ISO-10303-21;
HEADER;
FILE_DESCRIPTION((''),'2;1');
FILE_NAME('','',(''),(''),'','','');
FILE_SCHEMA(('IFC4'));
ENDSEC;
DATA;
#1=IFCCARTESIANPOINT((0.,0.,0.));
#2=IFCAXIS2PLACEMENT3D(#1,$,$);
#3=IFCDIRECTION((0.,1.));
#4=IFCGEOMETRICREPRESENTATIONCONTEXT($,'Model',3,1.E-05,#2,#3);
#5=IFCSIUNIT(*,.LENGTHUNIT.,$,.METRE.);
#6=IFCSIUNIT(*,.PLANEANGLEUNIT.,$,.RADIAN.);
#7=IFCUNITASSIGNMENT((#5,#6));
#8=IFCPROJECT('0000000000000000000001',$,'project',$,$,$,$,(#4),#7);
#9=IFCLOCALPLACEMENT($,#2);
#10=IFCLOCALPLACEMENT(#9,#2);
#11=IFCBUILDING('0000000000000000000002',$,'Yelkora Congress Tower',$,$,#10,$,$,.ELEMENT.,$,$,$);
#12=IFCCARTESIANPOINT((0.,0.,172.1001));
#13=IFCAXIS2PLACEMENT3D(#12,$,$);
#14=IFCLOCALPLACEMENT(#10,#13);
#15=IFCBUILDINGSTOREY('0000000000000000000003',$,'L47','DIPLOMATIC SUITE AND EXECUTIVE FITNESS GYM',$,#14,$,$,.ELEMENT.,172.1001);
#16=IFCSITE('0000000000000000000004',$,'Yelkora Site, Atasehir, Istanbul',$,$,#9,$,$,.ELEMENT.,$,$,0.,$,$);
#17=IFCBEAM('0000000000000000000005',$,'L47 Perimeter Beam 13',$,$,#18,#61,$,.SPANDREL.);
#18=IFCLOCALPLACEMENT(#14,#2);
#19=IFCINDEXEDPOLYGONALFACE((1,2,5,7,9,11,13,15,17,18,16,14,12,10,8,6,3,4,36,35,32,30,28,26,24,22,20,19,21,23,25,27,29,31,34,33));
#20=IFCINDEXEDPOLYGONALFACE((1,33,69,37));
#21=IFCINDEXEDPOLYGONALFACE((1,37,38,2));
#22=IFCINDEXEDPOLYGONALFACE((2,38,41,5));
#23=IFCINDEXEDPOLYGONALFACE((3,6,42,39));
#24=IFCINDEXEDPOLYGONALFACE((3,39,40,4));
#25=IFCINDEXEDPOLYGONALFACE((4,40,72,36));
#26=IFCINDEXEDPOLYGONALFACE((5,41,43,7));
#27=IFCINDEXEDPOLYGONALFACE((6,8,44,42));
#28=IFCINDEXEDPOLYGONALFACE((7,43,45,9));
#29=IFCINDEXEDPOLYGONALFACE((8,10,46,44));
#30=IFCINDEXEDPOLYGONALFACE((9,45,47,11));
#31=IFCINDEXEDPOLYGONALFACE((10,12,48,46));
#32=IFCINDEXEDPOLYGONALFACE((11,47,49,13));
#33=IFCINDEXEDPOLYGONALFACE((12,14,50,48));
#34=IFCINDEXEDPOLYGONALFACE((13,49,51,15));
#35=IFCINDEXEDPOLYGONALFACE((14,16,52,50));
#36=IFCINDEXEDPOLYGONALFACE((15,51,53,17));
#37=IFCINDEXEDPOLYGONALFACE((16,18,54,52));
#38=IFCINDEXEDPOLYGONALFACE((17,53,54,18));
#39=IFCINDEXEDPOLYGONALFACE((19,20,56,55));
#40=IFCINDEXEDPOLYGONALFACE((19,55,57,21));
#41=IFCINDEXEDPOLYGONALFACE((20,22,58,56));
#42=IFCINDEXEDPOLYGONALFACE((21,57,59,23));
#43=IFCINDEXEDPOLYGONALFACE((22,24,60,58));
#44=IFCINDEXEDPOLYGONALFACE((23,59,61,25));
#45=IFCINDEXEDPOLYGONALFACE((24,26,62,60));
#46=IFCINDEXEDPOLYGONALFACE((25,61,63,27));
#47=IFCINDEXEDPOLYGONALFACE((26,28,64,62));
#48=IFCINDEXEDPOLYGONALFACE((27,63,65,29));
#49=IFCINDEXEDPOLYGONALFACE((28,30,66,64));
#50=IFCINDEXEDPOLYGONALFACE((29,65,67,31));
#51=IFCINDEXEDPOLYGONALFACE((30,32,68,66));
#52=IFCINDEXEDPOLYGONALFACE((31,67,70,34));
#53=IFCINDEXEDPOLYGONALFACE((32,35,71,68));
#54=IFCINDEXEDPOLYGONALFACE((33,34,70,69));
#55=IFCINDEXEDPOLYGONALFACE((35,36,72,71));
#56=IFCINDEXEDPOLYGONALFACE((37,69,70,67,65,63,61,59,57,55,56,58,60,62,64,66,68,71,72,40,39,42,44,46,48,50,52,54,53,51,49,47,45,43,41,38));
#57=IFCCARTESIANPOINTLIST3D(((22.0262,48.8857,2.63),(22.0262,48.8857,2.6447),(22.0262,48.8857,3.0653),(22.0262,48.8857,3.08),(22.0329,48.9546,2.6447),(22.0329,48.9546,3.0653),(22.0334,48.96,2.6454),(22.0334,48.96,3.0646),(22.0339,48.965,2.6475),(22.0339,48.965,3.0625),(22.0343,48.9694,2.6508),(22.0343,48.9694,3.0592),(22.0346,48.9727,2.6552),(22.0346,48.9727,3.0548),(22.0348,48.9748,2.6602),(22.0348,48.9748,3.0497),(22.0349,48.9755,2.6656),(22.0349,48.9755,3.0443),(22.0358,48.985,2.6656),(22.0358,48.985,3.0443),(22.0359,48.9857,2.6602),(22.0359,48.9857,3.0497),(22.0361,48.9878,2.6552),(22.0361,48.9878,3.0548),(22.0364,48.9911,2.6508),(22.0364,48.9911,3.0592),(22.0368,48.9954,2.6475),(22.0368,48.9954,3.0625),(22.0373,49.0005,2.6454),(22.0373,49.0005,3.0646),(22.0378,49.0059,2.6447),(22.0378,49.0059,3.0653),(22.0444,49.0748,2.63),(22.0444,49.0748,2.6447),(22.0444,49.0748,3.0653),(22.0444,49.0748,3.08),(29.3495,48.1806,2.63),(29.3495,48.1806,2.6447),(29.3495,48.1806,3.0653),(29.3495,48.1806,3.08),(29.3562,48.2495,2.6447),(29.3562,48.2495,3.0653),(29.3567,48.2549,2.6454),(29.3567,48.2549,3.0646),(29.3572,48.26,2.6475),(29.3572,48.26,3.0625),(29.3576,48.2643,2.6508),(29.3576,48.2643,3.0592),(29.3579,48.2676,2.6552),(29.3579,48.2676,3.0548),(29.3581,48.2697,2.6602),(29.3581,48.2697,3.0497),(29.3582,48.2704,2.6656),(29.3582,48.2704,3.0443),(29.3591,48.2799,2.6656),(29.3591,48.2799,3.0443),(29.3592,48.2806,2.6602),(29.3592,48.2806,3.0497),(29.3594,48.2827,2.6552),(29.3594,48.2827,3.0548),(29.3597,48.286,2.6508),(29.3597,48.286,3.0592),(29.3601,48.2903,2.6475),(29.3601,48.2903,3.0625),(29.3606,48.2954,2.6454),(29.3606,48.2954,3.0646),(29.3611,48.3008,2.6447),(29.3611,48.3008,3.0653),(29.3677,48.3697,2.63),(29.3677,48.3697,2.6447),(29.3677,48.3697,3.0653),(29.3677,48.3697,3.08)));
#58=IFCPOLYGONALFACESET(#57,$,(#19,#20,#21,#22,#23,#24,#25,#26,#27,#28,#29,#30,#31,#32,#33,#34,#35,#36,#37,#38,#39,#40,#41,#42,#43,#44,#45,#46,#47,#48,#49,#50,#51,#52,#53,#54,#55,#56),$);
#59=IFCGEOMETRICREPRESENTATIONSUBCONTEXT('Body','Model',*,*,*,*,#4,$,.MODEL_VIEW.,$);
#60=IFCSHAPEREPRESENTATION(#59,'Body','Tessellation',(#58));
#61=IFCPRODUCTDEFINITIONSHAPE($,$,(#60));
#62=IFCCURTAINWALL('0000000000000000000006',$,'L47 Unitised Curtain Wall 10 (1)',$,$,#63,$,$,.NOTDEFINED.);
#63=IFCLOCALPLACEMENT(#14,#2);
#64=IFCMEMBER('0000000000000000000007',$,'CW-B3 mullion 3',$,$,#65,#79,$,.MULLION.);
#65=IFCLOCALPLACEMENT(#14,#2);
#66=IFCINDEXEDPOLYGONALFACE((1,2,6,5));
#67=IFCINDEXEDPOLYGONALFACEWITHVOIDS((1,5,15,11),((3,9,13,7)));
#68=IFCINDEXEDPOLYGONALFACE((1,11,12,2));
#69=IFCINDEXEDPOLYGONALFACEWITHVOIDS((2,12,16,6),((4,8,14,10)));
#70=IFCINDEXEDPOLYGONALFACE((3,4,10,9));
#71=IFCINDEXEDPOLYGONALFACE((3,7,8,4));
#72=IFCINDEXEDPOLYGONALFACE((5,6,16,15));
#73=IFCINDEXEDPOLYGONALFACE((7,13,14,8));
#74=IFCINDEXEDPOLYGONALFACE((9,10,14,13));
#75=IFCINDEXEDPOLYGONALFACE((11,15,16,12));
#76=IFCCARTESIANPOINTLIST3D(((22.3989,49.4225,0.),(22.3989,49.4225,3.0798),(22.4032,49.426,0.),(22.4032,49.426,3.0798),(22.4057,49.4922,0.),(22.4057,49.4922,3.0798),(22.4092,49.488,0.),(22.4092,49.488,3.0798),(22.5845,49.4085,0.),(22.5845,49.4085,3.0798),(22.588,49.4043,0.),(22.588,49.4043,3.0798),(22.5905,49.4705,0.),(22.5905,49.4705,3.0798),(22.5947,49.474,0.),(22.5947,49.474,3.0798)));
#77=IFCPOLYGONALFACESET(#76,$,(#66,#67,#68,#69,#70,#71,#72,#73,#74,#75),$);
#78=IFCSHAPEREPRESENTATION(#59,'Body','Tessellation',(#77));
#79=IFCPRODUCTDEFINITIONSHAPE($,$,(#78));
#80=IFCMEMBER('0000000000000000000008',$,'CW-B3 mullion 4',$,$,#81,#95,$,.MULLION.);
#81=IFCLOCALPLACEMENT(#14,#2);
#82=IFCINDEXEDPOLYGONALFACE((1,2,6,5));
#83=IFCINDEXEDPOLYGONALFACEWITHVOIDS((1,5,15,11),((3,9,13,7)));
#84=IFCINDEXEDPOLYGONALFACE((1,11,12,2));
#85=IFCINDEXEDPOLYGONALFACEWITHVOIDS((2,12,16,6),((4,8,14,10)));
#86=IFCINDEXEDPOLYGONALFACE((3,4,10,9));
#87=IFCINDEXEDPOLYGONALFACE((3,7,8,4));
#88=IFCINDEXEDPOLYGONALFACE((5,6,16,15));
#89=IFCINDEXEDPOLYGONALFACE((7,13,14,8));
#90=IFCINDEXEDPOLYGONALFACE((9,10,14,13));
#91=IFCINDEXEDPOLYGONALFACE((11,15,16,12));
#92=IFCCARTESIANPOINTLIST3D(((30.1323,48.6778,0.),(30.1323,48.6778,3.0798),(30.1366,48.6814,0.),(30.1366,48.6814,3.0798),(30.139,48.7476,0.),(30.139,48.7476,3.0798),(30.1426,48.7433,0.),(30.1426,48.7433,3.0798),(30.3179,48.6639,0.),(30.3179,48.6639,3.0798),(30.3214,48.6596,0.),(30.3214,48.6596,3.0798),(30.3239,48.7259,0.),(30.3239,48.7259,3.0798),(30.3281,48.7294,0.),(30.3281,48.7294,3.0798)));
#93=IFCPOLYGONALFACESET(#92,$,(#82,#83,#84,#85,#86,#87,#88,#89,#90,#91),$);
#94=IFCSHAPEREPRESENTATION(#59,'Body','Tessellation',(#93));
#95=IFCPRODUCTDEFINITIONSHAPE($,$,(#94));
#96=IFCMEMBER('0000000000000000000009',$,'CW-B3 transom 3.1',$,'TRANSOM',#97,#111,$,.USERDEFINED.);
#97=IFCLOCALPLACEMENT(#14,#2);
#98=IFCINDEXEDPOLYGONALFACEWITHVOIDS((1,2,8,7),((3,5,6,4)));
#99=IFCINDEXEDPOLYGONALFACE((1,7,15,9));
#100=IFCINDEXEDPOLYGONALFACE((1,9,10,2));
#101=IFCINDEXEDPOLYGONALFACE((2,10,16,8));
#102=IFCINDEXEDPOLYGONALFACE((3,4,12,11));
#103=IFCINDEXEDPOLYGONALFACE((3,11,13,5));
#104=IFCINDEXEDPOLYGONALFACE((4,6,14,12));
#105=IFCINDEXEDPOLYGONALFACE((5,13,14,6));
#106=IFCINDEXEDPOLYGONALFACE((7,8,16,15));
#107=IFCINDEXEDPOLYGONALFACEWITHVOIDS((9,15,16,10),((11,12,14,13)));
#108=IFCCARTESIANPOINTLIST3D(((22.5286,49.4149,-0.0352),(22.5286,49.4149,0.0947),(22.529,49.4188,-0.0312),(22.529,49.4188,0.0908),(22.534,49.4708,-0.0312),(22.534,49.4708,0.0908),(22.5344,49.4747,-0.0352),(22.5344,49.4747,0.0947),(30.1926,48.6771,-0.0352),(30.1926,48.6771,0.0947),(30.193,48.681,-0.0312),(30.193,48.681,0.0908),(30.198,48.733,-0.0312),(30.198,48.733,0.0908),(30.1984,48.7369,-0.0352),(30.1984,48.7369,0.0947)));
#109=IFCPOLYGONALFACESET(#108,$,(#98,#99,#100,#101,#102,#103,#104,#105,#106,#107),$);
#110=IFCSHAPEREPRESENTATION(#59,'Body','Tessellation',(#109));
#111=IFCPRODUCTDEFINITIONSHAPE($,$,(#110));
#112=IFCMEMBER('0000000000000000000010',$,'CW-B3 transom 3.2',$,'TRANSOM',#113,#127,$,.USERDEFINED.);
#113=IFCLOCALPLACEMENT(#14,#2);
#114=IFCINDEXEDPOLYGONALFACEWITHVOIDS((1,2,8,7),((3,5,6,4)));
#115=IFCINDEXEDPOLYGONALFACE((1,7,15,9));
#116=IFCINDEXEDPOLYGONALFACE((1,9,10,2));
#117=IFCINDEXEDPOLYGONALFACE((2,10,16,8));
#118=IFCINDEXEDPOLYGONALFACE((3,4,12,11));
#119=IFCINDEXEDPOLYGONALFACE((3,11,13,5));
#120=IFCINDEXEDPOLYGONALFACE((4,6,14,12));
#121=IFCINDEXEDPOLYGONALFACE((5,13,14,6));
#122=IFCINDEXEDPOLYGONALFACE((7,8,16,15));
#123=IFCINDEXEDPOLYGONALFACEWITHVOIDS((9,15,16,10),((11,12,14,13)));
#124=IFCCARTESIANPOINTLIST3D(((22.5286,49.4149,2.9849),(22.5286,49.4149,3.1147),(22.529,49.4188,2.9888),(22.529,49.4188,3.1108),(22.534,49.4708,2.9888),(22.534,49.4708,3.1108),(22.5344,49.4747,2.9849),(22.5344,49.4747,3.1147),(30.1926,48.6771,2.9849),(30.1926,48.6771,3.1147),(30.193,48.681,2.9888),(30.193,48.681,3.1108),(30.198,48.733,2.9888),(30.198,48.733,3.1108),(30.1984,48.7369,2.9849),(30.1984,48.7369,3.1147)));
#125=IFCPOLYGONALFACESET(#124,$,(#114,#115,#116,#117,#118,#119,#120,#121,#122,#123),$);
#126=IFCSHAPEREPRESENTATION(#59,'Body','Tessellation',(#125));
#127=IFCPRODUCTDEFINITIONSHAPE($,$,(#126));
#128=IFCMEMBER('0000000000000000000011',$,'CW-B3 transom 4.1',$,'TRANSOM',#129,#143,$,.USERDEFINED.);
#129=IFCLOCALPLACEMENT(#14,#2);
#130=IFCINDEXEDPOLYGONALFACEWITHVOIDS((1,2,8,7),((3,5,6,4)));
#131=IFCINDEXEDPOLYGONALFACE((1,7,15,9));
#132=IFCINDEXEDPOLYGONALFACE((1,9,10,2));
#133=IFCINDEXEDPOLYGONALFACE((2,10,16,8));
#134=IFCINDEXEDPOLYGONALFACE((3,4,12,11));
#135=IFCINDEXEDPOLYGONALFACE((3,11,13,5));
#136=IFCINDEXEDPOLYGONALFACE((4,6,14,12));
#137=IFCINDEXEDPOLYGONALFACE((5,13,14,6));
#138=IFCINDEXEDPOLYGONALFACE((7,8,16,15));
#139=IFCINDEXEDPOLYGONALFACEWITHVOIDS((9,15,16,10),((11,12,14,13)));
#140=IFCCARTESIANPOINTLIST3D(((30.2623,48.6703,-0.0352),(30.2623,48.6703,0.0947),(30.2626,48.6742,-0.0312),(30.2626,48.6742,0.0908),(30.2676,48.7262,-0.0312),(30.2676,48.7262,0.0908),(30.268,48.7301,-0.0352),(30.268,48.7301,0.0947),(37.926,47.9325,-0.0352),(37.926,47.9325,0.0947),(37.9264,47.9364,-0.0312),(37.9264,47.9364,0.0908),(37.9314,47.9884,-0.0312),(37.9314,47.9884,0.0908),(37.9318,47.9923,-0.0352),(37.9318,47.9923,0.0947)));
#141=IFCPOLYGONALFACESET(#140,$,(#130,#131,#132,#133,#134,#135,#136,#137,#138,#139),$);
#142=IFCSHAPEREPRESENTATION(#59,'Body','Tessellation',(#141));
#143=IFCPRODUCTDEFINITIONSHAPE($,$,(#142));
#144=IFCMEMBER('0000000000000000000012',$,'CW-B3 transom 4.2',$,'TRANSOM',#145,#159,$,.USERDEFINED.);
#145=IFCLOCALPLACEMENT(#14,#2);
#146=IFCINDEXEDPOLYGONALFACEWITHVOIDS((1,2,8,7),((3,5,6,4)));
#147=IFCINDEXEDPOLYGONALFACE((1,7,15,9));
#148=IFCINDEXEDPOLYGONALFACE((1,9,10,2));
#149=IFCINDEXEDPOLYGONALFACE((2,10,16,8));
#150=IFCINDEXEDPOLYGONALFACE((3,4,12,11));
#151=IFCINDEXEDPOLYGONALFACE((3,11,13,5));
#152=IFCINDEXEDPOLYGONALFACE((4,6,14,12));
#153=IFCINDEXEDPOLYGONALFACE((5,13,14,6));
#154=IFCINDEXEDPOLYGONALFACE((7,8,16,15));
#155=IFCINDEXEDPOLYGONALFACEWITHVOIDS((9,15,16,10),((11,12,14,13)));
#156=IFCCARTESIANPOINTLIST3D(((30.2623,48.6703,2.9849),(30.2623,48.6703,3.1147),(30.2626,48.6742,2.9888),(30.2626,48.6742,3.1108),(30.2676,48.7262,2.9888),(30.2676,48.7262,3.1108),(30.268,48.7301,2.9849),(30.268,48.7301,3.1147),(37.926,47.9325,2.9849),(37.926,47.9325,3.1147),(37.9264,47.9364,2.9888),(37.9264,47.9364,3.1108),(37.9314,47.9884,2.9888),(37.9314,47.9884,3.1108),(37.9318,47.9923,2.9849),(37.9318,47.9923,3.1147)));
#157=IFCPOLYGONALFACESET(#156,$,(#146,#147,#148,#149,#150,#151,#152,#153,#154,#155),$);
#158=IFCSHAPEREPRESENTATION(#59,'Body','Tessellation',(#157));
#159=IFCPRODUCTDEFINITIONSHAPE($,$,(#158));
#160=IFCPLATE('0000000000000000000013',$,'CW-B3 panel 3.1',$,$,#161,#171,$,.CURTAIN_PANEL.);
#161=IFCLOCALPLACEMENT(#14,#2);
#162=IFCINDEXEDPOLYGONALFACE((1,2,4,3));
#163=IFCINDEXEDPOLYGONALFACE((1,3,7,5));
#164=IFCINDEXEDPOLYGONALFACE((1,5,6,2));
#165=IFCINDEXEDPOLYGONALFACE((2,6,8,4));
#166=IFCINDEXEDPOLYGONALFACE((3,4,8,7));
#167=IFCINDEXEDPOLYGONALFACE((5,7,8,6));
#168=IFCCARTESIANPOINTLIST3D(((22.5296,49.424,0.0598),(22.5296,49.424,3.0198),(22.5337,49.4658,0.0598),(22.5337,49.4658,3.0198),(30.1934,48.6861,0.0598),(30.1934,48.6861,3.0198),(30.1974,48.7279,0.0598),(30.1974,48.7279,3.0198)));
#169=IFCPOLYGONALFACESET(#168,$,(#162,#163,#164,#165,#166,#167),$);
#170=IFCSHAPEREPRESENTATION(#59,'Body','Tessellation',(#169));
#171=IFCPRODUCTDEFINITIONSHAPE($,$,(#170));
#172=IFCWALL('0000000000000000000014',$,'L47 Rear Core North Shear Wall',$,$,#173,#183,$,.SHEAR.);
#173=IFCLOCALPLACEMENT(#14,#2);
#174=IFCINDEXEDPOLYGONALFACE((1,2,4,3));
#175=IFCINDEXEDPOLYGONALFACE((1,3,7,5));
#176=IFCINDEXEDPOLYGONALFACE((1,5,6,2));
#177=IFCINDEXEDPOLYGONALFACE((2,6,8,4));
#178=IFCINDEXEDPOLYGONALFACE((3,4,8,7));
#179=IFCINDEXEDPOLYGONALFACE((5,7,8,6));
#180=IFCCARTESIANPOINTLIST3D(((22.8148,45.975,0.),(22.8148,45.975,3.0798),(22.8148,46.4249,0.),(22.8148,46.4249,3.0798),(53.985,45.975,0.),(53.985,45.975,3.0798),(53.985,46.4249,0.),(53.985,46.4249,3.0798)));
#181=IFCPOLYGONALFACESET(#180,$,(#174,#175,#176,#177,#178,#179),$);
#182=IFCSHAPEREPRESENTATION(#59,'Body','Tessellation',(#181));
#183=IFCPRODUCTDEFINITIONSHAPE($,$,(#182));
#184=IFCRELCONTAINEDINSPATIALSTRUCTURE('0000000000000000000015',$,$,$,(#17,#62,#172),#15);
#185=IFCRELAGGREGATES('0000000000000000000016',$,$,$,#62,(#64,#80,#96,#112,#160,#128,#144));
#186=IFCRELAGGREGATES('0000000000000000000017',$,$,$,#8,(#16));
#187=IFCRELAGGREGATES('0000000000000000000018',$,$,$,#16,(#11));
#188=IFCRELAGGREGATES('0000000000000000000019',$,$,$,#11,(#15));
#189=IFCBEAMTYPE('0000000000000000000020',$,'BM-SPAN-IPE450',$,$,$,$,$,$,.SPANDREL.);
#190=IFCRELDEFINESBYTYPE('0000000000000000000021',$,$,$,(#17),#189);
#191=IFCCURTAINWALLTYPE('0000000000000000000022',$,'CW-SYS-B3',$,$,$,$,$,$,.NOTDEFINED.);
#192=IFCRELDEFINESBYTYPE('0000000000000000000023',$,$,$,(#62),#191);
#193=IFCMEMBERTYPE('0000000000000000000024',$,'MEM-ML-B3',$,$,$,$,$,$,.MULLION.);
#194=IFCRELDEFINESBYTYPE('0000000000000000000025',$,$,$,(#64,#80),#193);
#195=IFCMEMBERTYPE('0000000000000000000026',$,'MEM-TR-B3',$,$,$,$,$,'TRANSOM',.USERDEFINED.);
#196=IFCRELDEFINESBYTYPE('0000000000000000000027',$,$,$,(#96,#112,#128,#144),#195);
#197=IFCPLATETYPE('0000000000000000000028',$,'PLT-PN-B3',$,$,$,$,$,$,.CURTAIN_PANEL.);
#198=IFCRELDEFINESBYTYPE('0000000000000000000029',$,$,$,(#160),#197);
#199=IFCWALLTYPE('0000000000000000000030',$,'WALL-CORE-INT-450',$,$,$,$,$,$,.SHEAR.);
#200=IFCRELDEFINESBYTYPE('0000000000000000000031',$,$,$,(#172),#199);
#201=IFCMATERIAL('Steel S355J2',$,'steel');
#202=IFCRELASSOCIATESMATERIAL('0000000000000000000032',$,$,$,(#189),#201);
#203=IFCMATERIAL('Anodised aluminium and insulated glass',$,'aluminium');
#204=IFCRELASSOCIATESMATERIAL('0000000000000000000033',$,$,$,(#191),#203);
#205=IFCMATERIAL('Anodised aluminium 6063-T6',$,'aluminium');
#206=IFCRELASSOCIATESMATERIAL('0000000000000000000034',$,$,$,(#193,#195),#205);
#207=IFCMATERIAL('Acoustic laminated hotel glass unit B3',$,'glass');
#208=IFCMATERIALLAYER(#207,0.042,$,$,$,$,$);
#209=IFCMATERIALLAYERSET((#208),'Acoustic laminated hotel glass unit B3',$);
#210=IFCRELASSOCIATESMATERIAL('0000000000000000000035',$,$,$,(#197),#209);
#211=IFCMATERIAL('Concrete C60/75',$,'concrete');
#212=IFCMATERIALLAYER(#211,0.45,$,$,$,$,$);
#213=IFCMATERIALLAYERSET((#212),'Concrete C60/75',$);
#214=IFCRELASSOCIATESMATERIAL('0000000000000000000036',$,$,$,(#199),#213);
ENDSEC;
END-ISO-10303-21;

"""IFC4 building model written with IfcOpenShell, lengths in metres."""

from ifc_helpers import new_model, si_unit, direction, frame, frame_2d, origin, origin_2d, place, context, subcontext, project, spatial, rectangle, hollow_rectangle, i_section, extrude, material, layer, layer_set, material_profile, profile_set, type_object, element, aggregate, save


model = new_model("IFC4")

# Units and contexts
model_context = context("Model", 3, precision=1e-05, world=origin(), true_north=direction((0.0, 1.0)))
body_context = subcontext(model_context, "Body", "Model", "MODEL_VIEW")
ifc_project = project(units=[si_unit("LENGTHUNIT", "METRE"), si_unit("PLANEANGLEUNIT", "RADIAN")], contexts=[model_context])

# Site, building, storey
site_placement = place(None, origin())
site = spatial("IfcSite", under=ifc_project, at=site_placement, Name="Yelkora Site, Atasehir, Istanbul", CompositionType="ELEMENT", RefElevation=0.0)
building_placement = place(site_placement, origin())
building = spatial("IfcBuilding", under=site, at=building_placement, Name="Yelkora Congress Tower", CompositionType="ELEMENT")
storey_placement = place(building_placement, frame((0.0, 0.0, 172.1001)))
storey = spatial("IfcBuildingStorey", under=building, at=storey_placement, Name="L47", Description="DIPLOMATIC SUITE AND EXECUTIVE FITNESS GYM", CompositionType="ELEMENT", Elevation=172.1001)

# Beam
ifc_material_1 = material(Name="Steel S355J2", Category="steel")
ifc_material_profile_1 = material_profile(ifc_material_1, i_section(OverallWidth=0.1899, OverallDepth=0.45, WebThickness=0.0095, FlangeThickness=0.0146, FilletRadius=0.021, at=origin_2d()), Name="IPE 450")
ifc_profile_set_1 = profile_set([ifc_material_profile_1], Name="Steel S355J2")
beam_type_1 = type_object("IfcBeamType", Name="BM-SPAN-IPE450", PredefinedType="SPANDREL", material=ifc_profile_set_1)
beam_1_placement = place(storey_placement, frame((29.3586, 48.2751, 2.855), z_axis=(-0.995397, 0.095836, 0.0), x_axis=(-0.095836, -0.995397, 0.0)))
element("IfcBeam", 1, at=beam_1_placement, inside=storey, type_object=beam_type_1, Name="L47 Perimeter Beam 13", PredefinedType="SPANDREL", context=body_context, shape_type="SweptSolid", body=[
    extrude(i_section(OverallWidth=0.1899, OverallDepth=0.45, WebThickness=0.0095, FlangeThickness=0.0146, FilletRadius=0.021, at=origin_2d()), origin(), (0.0, 0.0, 1.0), 7.3572),
])

# Curtain wall, members, plate
ifc_material_2 = material(Name="Anodised aluminium and insulated glass", Category="aluminium")
curtain_wall_type = type_object("IfcCurtainWallType", Name="CW-SYS-B3", PredefinedType="NOTDEFINED", material=ifc_material_2)
curtain_wall_placement = place(storey_placement, origin())
curtain_wall = element("IfcCurtainWall", 2, at=curtain_wall_placement, inside=storey, type_object=curtain_wall_type, Name="L47 Unitised Curtain Wall 10 (1)", PredefinedType="NOTDEFINED")
ifc_material_3 = material(Name="Anodised aluminium 6063-T6", Category="aluminium")
ifc_material_profile_2 = material_profile(ifc_material_3, hollow_rectangle(XDim=0.0701, YDim=0.1899, WallThickness=0.0039, at=origin_2d()), Name="ALU 70x190x4")
ifc_profile_set_2 = profile_set([ifc_material_profile_2], Name="Anodised aluminium 6063-T6")
member_type_1 = type_object("IfcMemberType", Name="MEM-ML-B3", PredefinedType="MULLION", material=ifc_profile_set_2)
member_1_placement = place(storey_placement, frame((22.4968, 49.4482, 0.0), z_axis=(0.0, 0.0, 1.0), x_axis=(0.095845, 0.995396, 0.0)))
member_1 = element("IfcMember", 3, at=member_1_placement, type_object=member_type_1, Name="CW-B3 mullion 3", PredefinedType="MULLION", context=body_context, shape_type="SweptSolid", body=[
    extrude(hollow_rectangle(XDim=0.0701, YDim=0.1899, WallThickness=0.0039, at=origin_2d()), origin(), (0.0, 0.0, 1.0), 3.0798),
])
member_2_placement = place(storey_placement, frame((30.2302, 48.7036, 0.0), z_axis=(0.0, 0.0, 1.0), x_axis=(0.095845, 0.995396, 0.0)))
member_2 = element("IfcMember", 4, at=member_2_placement, type_object=member_type_1, Name="CW-B3 mullion 4", PredefinedType="MULLION", context=body_context, shape_type="SweptSolid", body=[
    extrude(hollow_rectangle(XDim=0.0701, YDim=0.1899, WallThickness=0.0039, at=origin_2d()), origin(), (0.0, 0.0, 1.0), 3.0798),
])
ifc_material_profile_3 = material_profile(ifc_material_3, hollow_rectangle(XDim=0.0601, YDim=0.1299, WallThickness=0.0039, at=origin_2d()), Name="ALU 60x130x4")
ifc_profile_set_3 = profile_set([ifc_material_profile_3], Name="Anodised aluminium 6063-T6")
member_type_2 = type_object("IfcMemberType", Name="MEM-TR-B3", ElementType="TRANSOM", PredefinedType="USERDEFINED", material=ifc_profile_set_3)
member_3_placement = place(storey_placement, frame((22.5315, 49.4448, 0.0298), z_axis=(0.995398, -0.095824, 0.0), x_axis=(0.095824, 0.995398, 0.0)))
member_3 = element("IfcMember", 5, at=member_3_placement, type_object=member_type_2, Name="CW-B3 transom 3.1", ObjectType="TRANSOM", PredefinedType="USERDEFINED", context=body_context, shape_type="SweptSolid", body=[
    extrude(hollow_rectangle(XDim=0.0601, YDim=0.1299, WallThickness=0.0039, at=origin_2d()), origin(), (0.0, 0.0, 1.0), 7.6995),
])
member_4_placement = place(storey_placement, frame((22.5315, 49.4448, 3.0498), z_axis=(0.995398, -0.095824, 0.0), x_axis=(0.095824, 0.995398, 0.0)))
member_4 = element("IfcMember", 6, at=member_4_placement, type_object=member_type_2, Name="CW-B3 transom 3.2", ObjectType="TRANSOM", PredefinedType="USERDEFINED", context=body_context, shape_type="SweptSolid", body=[
    extrude(hollow_rectangle(XDim=0.0601, YDim=0.1299, WallThickness=0.0039, at=origin_2d()), origin(), (0.0, 0.0, 1.0), 7.6995),
])
member_5_placement = place(storey_placement, frame((30.2651, 48.7002, 0.0298), z_axis=(0.995398, -0.095827, 0.0), x_axis=(0.095827, 0.995398, 0.0)))
member_5 = element("IfcMember", 7, at=member_5_placement, type_object=member_type_2, Name="CW-B3 transom 4.1", ObjectType="TRANSOM", PredefinedType="USERDEFINED", context=body_context, shape_type="SweptSolid", body=[
    extrude(hollow_rectangle(XDim=0.0601, YDim=0.1299, WallThickness=0.0039, at=origin_2d()), origin(), (0.0, 0.0, 1.0), 7.6992),
])
member_6_placement = place(storey_placement, frame((30.2651, 48.7002, 3.0498), z_axis=(0.995398, -0.095827, 0.0), x_axis=(0.095827, 0.995398, 0.0)))
member_6 = element("IfcMember", 8, at=member_6_placement, type_object=member_type_2, Name="CW-B3 transom 4.2", ObjectType="TRANSOM", PredefinedType="USERDEFINED", context=body_context, shape_type="SweptSolid", body=[
    extrude(hollow_rectangle(XDim=0.0601, YDim=0.1299, WallThickness=0.0039, at=origin_2d()), origin(), (0.0, 0.0, 1.0), 7.6992),
])
ifc_material_4 = material(Name="Acoustic laminated hotel glass unit B3", Category="glass")
ifc_layer_1 = layer(ifc_material_4, 0.042)
ifc_layer_set_1 = layer_set([ifc_layer_1], Name="Acoustic laminated hotel glass unit B3")
plate_type = type_object("IfcPlateType", Name="PLT-PN-B3", PredefinedType="CURTAIN_PANEL", material=ifc_layer_set_1)
plate_placement = place(storey_placement, frame((26.3635, 49.0759, 0.0598), z_axis=(0.0, 0.0, 1.0), x_axis=(0.995396, -0.095845, 0.0)))
plate = element("IfcPlate", 9, at=plate_placement, type_object=plate_type, Name="CW-B3 panel 3.1", PredefinedType="CURTAIN_PANEL", context=body_context, shape_type="SweptSolid", body=[
    extrude(rectangle(XDim=7.6992, YDim=0.042, at=origin_2d()), origin(), (0.0, 0.0, 1.0), 2.96),
])
aggregate(curtain_wall, [member_1, member_2, member_3, member_4, plate, member_5, member_6])

# Wall
ifc_material_5 = material(Name="Concrete C60/75", Category="concrete")
ifc_layer_2 = layer(ifc_material_5, 0.45)
ifc_layer_set_2 = layer_set([ifc_layer_2], Name="Concrete C60/75")
wall_type_1 = type_object("IfcWallType", Name="WALL-CORE-INT-450", PredefinedType="SHEAR", material=ifc_layer_set_2)
wall_1_placement = place(storey_placement, frame((22.8149, 46.2, 0.0), z_axis=(0.0, 0.0, 1.0), x_axis=(1.0, 0.0, 0.0)))
element("IfcWall", 10, at=wall_1_placement, inside=storey, type_object=wall_type_1, Name="L47 Rear Core North Shear Wall", PredefinedType="SHEAR", context=body_context, shape_type="SweptSolid", body=[
    extrude(rectangle(XDim=31.1702, YDim=0.45, at=frame_2d((15.585, 0.0))), origin(), (0.0, 0.0, 1.0), 3.0798),
])

save(model, "model.ifc")
